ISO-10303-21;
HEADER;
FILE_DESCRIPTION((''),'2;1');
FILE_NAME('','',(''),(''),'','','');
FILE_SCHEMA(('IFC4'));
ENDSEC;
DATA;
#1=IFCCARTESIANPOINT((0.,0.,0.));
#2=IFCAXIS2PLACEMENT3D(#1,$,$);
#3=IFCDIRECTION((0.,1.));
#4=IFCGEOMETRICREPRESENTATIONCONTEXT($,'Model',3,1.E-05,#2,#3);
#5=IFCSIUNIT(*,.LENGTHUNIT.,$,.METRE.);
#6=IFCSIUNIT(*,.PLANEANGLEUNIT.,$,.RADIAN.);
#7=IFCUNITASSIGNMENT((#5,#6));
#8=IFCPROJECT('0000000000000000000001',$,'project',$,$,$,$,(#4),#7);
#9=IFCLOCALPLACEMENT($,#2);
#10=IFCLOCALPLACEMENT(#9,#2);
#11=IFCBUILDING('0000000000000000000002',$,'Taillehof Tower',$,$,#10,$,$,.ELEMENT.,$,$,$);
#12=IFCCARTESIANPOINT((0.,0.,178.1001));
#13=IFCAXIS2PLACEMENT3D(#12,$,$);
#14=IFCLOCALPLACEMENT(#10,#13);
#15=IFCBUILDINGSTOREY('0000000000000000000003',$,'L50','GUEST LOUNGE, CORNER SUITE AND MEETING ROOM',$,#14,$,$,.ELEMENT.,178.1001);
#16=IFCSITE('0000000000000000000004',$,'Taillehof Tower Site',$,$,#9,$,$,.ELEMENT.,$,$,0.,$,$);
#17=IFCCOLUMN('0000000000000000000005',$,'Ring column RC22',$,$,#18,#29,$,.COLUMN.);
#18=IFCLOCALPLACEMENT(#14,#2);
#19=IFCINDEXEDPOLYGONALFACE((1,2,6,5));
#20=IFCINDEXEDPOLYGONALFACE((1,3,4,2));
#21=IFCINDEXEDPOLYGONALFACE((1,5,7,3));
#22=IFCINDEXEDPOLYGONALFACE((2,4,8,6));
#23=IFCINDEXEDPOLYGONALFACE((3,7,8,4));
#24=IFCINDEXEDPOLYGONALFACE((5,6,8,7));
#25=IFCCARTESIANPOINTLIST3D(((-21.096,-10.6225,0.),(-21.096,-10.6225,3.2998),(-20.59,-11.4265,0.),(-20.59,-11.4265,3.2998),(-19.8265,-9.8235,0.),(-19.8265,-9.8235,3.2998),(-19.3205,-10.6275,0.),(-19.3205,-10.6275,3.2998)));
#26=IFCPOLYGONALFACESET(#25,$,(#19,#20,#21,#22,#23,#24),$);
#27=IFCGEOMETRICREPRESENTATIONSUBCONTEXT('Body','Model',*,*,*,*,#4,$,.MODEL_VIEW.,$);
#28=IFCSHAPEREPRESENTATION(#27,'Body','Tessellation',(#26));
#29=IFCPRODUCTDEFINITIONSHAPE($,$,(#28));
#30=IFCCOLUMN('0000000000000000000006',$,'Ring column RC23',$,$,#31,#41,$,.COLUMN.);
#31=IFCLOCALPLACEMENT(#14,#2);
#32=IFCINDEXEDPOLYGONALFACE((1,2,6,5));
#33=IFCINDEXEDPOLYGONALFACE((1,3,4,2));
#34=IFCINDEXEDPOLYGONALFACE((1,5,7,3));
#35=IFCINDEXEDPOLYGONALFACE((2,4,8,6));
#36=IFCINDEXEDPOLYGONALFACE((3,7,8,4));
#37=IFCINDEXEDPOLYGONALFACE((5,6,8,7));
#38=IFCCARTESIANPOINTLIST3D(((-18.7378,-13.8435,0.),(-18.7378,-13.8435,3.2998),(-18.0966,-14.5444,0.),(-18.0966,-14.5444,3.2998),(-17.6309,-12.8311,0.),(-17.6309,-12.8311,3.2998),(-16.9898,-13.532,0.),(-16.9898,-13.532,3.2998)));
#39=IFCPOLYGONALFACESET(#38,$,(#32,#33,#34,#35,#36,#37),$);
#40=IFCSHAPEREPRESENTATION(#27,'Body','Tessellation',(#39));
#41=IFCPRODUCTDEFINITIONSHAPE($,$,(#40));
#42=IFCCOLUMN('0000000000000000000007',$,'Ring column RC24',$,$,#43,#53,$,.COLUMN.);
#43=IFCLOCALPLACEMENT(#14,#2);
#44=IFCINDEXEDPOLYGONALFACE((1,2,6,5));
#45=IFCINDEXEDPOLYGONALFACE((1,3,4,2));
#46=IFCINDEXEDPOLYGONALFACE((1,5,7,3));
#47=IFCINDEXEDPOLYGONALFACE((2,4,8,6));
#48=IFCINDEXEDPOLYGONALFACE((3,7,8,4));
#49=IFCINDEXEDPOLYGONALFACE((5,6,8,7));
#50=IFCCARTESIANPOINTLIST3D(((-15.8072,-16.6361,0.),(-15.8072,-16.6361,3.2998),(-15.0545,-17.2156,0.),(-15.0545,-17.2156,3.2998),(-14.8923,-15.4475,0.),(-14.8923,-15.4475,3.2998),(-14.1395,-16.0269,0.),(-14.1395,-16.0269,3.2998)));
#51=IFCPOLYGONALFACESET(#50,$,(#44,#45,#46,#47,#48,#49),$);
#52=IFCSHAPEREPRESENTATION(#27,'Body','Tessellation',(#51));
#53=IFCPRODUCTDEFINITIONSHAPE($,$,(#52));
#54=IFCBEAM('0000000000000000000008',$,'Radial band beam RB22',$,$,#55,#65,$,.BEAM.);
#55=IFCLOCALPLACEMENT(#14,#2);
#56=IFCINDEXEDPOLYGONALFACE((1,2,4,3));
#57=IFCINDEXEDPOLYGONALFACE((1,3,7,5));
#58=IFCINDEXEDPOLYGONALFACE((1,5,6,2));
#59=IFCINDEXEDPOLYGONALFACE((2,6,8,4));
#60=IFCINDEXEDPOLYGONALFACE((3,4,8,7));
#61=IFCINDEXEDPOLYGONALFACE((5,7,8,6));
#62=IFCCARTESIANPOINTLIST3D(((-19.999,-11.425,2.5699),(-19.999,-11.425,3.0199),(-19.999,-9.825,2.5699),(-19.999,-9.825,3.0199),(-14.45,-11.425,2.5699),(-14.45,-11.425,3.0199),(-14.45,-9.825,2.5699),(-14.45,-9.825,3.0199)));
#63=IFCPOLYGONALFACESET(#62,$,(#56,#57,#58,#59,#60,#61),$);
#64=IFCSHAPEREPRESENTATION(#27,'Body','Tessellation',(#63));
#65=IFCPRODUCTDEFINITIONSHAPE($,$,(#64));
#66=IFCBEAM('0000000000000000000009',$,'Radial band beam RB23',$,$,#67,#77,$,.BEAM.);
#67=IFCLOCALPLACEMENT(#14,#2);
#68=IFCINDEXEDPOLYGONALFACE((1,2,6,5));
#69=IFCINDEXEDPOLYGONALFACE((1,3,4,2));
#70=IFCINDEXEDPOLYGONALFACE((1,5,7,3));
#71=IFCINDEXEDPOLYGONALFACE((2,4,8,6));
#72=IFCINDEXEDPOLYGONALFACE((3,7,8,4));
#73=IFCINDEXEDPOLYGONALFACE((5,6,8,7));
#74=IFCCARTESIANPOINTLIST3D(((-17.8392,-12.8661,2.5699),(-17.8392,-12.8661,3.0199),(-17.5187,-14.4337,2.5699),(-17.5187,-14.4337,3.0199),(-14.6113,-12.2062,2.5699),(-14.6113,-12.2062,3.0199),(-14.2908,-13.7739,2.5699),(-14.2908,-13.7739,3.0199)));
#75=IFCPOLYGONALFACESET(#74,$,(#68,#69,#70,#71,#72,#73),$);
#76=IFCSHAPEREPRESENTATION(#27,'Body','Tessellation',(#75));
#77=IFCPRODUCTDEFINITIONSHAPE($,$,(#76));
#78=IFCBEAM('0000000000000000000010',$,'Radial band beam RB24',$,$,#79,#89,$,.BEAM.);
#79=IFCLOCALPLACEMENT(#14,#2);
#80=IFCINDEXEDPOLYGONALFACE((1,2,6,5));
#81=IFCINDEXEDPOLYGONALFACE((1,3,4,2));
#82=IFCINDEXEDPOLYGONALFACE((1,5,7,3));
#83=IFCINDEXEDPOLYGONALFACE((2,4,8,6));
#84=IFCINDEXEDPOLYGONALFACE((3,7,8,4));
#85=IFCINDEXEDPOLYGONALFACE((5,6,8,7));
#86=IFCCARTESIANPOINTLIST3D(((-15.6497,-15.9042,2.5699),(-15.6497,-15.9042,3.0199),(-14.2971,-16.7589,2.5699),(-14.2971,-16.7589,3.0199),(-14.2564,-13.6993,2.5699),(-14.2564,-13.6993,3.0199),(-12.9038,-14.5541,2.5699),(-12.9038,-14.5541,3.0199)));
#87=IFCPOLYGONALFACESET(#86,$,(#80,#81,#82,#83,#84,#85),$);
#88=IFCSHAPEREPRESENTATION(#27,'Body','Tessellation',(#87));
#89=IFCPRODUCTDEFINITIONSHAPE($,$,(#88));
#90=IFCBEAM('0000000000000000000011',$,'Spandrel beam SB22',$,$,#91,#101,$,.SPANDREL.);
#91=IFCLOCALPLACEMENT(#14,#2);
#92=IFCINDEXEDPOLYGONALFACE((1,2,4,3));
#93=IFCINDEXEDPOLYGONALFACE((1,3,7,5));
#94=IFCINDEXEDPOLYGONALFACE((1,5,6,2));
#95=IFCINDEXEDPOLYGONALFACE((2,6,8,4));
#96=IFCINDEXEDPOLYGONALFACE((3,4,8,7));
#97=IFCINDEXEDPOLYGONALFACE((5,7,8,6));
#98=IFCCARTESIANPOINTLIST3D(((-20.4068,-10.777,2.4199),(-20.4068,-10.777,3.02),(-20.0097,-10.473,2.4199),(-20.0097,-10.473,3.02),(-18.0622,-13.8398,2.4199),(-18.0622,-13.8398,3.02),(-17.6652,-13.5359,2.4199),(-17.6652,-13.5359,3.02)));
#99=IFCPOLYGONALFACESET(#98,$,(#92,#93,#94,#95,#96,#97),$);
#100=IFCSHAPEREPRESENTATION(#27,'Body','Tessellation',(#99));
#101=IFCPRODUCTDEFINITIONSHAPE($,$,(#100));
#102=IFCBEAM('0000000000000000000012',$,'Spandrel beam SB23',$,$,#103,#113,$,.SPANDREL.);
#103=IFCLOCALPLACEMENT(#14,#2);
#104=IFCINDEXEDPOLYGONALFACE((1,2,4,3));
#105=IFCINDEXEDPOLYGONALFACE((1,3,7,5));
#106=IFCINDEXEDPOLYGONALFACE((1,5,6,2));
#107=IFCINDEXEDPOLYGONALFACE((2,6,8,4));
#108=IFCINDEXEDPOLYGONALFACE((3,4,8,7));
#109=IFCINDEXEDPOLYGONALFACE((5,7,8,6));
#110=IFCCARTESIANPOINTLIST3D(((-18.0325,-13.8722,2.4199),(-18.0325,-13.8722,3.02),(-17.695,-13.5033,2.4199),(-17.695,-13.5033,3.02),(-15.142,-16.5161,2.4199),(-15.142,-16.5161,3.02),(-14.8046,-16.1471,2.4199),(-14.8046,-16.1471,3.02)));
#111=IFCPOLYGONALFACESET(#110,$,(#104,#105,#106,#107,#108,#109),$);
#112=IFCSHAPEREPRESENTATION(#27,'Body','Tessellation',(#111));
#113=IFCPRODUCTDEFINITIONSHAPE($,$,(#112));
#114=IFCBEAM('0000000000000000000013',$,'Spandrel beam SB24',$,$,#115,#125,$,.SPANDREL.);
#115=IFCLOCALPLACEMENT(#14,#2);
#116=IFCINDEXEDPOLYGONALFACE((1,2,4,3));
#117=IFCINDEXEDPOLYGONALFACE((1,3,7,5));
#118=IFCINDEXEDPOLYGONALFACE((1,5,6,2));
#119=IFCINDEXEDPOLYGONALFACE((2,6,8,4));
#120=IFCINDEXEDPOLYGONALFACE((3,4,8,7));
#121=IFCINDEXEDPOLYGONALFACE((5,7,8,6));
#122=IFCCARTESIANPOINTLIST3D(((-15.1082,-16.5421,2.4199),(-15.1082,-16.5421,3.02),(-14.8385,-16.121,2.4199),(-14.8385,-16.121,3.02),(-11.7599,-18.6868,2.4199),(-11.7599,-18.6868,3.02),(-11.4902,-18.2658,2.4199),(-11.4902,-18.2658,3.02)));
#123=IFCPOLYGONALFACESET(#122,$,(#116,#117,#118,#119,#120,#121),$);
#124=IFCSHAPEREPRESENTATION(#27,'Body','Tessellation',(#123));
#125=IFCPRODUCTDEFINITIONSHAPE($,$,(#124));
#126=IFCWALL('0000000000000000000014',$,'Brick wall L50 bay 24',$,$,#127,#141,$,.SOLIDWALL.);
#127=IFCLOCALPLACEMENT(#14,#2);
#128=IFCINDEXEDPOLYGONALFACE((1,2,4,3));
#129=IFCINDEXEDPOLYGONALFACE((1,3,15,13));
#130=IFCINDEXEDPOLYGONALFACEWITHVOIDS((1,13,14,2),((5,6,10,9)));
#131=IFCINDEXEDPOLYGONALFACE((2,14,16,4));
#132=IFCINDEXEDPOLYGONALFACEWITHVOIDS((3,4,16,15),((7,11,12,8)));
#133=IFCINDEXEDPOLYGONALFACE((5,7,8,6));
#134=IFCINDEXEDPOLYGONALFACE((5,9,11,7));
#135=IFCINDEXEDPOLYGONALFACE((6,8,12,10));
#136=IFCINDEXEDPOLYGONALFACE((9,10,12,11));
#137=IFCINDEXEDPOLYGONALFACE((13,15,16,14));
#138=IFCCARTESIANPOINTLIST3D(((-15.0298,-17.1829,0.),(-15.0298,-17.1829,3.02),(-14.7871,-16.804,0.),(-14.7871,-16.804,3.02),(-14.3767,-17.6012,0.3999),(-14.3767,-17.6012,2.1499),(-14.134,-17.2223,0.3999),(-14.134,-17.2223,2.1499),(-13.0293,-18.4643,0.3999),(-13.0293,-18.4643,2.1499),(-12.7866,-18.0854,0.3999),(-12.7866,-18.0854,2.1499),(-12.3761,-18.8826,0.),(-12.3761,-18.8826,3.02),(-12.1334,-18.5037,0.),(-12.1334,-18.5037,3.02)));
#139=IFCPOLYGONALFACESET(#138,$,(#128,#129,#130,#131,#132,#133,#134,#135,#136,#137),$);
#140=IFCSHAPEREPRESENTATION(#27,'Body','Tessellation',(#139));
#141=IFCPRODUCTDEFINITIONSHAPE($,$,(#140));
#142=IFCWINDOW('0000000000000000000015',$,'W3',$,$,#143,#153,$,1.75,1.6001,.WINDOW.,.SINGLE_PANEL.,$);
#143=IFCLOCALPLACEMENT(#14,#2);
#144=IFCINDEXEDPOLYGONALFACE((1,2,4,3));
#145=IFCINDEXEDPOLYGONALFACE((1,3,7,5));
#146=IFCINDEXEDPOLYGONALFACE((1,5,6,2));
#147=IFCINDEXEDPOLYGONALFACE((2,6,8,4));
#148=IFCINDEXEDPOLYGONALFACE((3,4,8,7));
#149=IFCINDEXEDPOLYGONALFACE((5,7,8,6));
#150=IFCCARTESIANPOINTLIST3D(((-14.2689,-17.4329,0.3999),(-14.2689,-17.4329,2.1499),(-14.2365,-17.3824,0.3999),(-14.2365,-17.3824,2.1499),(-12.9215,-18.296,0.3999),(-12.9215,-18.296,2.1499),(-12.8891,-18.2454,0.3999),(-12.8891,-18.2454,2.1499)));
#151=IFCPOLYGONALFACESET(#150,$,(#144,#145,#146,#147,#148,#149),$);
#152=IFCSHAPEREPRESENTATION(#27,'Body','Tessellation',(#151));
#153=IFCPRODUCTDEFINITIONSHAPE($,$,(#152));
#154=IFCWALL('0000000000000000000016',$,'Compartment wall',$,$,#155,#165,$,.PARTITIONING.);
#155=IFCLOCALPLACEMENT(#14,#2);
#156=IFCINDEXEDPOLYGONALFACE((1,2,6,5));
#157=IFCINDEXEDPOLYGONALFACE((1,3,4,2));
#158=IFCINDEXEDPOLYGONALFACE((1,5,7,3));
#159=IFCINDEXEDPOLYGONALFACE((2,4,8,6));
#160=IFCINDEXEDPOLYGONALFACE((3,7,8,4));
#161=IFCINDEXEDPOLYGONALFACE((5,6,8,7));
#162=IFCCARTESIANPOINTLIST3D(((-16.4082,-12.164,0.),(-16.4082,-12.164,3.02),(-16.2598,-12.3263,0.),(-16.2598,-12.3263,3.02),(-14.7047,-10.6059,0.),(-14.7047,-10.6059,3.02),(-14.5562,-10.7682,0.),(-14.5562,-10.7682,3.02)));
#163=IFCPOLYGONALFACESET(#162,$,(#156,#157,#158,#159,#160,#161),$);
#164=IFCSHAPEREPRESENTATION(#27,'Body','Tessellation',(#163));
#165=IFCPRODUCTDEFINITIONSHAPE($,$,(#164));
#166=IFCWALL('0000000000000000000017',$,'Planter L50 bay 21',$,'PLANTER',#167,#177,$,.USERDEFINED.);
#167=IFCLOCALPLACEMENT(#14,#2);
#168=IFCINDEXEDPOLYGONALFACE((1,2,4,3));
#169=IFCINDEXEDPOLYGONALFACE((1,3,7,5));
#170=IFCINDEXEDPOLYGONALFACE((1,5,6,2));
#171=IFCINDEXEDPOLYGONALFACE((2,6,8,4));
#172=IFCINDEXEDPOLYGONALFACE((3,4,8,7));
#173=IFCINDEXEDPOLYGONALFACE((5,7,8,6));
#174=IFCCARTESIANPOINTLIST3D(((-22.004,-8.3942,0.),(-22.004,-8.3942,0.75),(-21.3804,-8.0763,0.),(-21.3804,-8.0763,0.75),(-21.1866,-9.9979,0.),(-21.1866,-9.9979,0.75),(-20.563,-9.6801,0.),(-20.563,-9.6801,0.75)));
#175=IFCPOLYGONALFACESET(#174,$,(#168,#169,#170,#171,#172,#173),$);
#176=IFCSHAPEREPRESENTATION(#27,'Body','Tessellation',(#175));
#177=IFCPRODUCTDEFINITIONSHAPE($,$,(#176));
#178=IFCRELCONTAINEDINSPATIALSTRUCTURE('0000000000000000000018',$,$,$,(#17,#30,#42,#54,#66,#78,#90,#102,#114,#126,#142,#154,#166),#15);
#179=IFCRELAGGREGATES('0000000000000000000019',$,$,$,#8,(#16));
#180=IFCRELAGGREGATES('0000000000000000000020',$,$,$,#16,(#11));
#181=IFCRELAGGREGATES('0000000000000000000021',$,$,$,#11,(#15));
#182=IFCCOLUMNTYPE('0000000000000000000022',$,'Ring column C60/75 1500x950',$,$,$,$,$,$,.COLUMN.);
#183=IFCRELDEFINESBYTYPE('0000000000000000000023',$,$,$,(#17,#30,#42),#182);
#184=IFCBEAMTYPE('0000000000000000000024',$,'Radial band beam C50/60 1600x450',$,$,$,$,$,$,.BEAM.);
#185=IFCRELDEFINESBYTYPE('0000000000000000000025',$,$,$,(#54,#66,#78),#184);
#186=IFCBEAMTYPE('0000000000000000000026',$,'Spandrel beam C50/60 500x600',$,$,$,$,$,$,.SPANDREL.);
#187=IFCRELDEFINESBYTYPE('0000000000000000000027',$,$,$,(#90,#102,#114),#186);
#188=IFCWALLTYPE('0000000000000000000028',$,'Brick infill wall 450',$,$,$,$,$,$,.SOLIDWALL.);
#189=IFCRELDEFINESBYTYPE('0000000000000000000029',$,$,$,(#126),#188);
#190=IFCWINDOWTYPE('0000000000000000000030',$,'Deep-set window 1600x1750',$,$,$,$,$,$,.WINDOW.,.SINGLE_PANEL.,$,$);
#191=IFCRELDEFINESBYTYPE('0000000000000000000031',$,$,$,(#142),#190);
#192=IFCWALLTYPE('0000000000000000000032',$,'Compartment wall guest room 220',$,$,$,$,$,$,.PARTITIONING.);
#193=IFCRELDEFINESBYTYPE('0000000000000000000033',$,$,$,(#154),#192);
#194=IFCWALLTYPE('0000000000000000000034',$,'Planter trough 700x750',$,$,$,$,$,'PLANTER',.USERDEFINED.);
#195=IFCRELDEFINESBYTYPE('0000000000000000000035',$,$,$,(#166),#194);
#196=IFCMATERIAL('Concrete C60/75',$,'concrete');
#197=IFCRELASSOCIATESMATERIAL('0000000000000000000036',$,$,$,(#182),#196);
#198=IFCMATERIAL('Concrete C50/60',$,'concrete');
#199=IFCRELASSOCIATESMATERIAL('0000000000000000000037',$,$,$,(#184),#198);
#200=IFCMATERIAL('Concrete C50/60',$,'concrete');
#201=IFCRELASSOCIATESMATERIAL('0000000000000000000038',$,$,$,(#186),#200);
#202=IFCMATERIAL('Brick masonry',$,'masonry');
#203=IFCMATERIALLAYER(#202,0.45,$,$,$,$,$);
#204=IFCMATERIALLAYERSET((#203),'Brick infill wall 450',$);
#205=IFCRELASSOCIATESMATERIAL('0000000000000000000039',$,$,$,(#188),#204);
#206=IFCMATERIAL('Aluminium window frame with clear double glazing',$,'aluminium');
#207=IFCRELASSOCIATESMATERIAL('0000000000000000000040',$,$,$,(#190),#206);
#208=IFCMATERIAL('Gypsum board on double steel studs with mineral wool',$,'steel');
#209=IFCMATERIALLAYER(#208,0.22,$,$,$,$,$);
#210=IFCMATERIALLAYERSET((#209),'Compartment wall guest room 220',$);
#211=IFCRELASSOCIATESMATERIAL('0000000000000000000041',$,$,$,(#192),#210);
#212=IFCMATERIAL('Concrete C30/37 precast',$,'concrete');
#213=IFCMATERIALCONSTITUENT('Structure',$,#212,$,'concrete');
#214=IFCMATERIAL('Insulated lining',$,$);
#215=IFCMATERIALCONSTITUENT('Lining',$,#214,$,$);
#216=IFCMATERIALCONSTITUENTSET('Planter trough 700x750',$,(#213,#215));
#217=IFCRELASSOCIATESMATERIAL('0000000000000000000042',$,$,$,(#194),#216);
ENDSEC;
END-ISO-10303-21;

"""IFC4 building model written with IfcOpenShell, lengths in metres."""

from ifc_helpers import new_model, si_unit, direction, frame, frame_2d, origin, origin_2d, place, context, subcontext, project, spatial, rectangle, extrude, material, layer, layer_set, constituent, constituent_set, material_profile, profile_set, type_object, element, fill, save


model = new_model("IFC4")

# Units and contexts
model_context = context("Model", 3, precision=1e-05, world=origin(), true_north=direction((0.0, 1.0)))
body_context = subcontext(model_context, "Body", "Model", "MODEL_VIEW")
ifc_project = project(units=[si_unit("LENGTHUNIT", "METRE"), si_unit("PLANEANGLEUNIT", "RADIAN")], contexts=[model_context])

# Site, building, storey
site_placement = place(None, origin())
site = spatial("IfcSite", under=ifc_project, at=site_placement, Name="Taillehof Tower Site", CompositionType="ELEMENT", RefElevation=0.0)
building_placement = place(site_placement, origin())
building = spatial("IfcBuilding", under=site, at=building_placement, Name="Taillehof Tower", CompositionType="ELEMENT")
storey_placement = place(building_placement, frame((0.0, 0.0, 178.1001)))
storey = spatial("IfcBuildingStorey", under=building, at=storey_placement, Name="L50", Description="GUEST LOUNGE, CORNER SUITE AND MEETING ROOM", CompositionType="ELEMENT", Elevation=178.1001)

# Columns
ifc_material_1 = material(Name="Concrete C60/75", Category="concrete")
ifc_material_profile_1 = material_profile(ifc_material_1, rectangle(XDim=1.5, YDim=0.95, at=origin_2d()), Name="RC 1500x950")
ifc_profile_set_1 = profile_set([ifc_material_profile_1], Name="Concrete C60/75")
column_type = type_object("IfcColumnType", Name="Ring column C60/75 1500x950", PredefinedType="COLUMN", material=ifc_profile_set_1)
for number, where, z_axis, x_axis, name in (
    (1, (-20.2083, -10.625, 0.0), (0.0, 0.0, 1.0), (-0.846334, -0.532652, 0.0), "Ring column RC22"),
    (2, (-17.8638, -13.6877, 0.0), (0.0, 0.0, 1.0), (-0.737879, -0.674933, 0.0), "Ring column RC23"),
    (3, (-14.9734, -16.3315, 0.0), (0.0, 0.0, 1.0), (-0.609971, -0.792424, 0.0), "Ring column RC24"),
):
    element("IfcColumn", number, at=place(storey_placement, frame(where, z_axis=z_axis, x_axis=x_axis)), inside=storey, type_object=column_type, Name=name, PredefinedType="COLUMN", context=body_context, shape_type="SweptSolid", body=[
        extrude(rectangle(XDim=1.5, YDim=0.95, at=origin_2d()), origin(), (0.0, 0.0, 1.0), 3.2998),
    ])

# Beams
ifc_material_2 = material(Name="Concrete C50/60", Category="concrete")
ifc_material_profile_2 = material_profile(ifc_material_2, rectangle(XDim=1.6001, YDim=0.45, at=origin_2d()), Name="RC 1600x450")
ifc_profile_set_2 = profile_set([ifc_material_profile_2], Name="Concrete C50/60")
beam_type_1 = type_object("IfcBeamType", Name="Radial band beam C50/60 1600x450", PredefinedType="BEAM", material=ifc_profile_set_2)
beam_1_placement = place(storey_placement, frame((-19.999, -10.625, 2.7949), z_axis=(1.0, 0.0, 0.0), x_axis=(0.0, 1.0, 0.0)))
element("IfcBeam", 4, at=beam_1_placement, inside=storey, type_object=beam_type_1, Name="Radial band beam RB22", PredefinedType="BEAM", context=body_context, shape_type="SweptSolid", body=[
    extrude(rectangle(XDim=1.6001, YDim=0.45, at=origin_2d()), origin(), (0.0, 0.0, 1.0), 5.5491),
])
beam_2_placement = place(storey_placement, frame((-17.679, -13.6499, 2.7949), z_axis=(0.979737, 0.20029, 0.0), x_axis=(-0.20029, 0.979737, 0.0)))
element("IfcBeam", 5, at=beam_2_placement, inside=storey, type_object=beam_type_1, Name="Radial band beam RB23", PredefinedType="BEAM", context=body_context, shape_type="SweptSolid", body=[
    extrude(rectangle(XDim=1.6001, YDim=0.45, at=origin_2d()), origin(), (0.0, 0.0, 1.0), 3.2947),
])
beam_3_placement = place(storey_placement, frame((-14.9734, -16.3315, 2.7949), z_axis=(0.534208, 0.845353, 0.0), x_axis=(-0.845353, 0.534208, 0.0)))
element("IfcBeam", 6, at=beam_3_placement, inside=storey, type_object=beam_type_1, Name="Radial band beam RB24", PredefinedType="BEAM", context=body_context, shape_type="SweptSolid", body=[
    extrude(rectangle(XDim=1.6001, YDim=0.45, at=origin_2d()), origin(), (0.0, 0.0, 1.0), 2.6082),
])
ifc_material_3 = material(Name="Concrete C50/60", Category="concrete")
ifc_material_profile_3 = material_profile(ifc_material_3, rectangle(XDim=0.5, YDim=0.6001, at=origin_2d()), Name="RC 500x600")
ifc_profile_set_3 = profile_set([ifc_material_profile_3], Name="Concrete C50/60")
beam_type_2 = type_object("IfcBeamType", Name="Spandrel beam C50/60 500x600", PredefinedType="SPANDREL", material=ifc_profile_set_3)
beam_4_placement = place(storey_placement, frame((-20.2083, -10.625, 2.72), z_axis=(0.60784, -0.794059, 0.0), x_axis=(0.794059, 0.60784, 0.0)))
element("IfcBeam", 7, at=beam_4_placement, inside=storey, type_object=beam_type_2, Name="Spandrel beam SB22", PredefinedType="SPANDREL", context=body_context, shape_type="SweptSolid", body=[
    extrude(rectangle(XDim=0.5, YDim=0.6001, at=origin_2d()), origin(), (0.0, 0.0, 1.0), 3.8572),
])
beam_5_placement = place(storey_placement, frame((-17.8638, -13.6877, 2.72), z_axis=(0.737881, -0.674931, 0.0), x_axis=(0.674931, 0.737881, 0.0)))
element("IfcBeam", 8, at=beam_5_placement, inside=storey, type_object=beam_type_2, Name="Spandrel beam SB23", PredefinedType="SPANDREL", context=body_context, shape_type="SweptSolid", body=[
    extrude(rectangle(XDim=0.5, YDim=0.6001, at=origin_2d()), origin(), (0.0, 0.0, 1.0), 3.9172),
])
beam_6_placement = place(storey_placement, frame((-14.9734, -16.3315, 2.72), z_axis=(0.842065, -0.539376, 0.0), x_axis=(0.539376, 0.842065, 0.0)))
element("IfcBeam", 9, at=beam_6_placement, inside=storey, type_object=beam_type_2, Name="Spandrel beam SB24", PredefinedType="SPANDREL", context=body_context, shape_type="SweptSolid", body=[
    extrude(rectangle(XDim=0.5, YDim=0.6001, at=origin_2d()), origin(), (0.0, 0.0, 1.0), 3.9763),
])

# Wall, opening, window
ifc_material_4 = material(Name="Brick masonry", Category="masonry")
ifc_layer_1 = layer(ifc_material_4, 0.45)
ifc_layer_set_1 = layer_set([ifc_layer_1], Name="Brick infill wall 450")
wall_type_1 = type_object("IfcWallType", Name="Brick infill wall 450", PredefinedType="SOLIDWALL", material=ifc_layer_set_1)
wall_1_placement = place(storey_placement, frame((-14.9084, -16.9934, 0.0), z_axis=(0.0, 0.0, 1.0), x_axis=(0.842066, -0.539375, 0.0)))
wall_1 = element("IfcWall", 10, at=wall_1_placement, inside=storey, type_object=wall_type_1, Name="Brick wall L50 bay 24", PredefinedType="SOLIDWALL", context=body_context, shape_type="SweptSolid", body=[
    extrude(rectangle(XDim=3.1514, YDim=0.45, at=frame_2d((1.5757, 0.0))), origin(), (0.0, 0.0, 1.0), 3.02),
])
opening_1_placement = place(wall_1_placement, frame((0.7756, 0.0, 0.3999)))
opening_1 = element("IfcOpeningElement", 11, at=opening_1_placement, cuts=wall_1, PredefinedType="OPENING", context=body_context, shape_type="SweptSolid", body=[
    extrude(rectangle(XDim=1.6001, YDim=1.75, at=frame_2d((0.8, 0.875))), frame((0.0, 0.2349, 0.0), z_axis=(0.0, -1.0, 0.0), x_axis=(1.0, 0.0, 0.0)), (0.0, 0.0, 1.0), 0.47),
])
ifc_material_5 = material(Name="Aluminium window frame with clear double glazing", Category="aluminium")
window_type_1 = type_object("IfcWindowType", Name="Deep-set window 1600x1750", PartitioningType="SINGLE_PANEL", PredefinedType="WINDOW", material=ifc_material_5)
window_1_placement = place(opening_1_placement, origin())
window_1 = element("IfcWindow", 12, at=window_1_placement, inside=storey, type_object=window_type_1, Name="W3", OverallHeight=1.75, OverallWidth=1.6001, PartitioningType="SINGLE_PANEL", PredefinedType="WINDOW", context=body_context, shape_type="SweptSolid", body=[
    extrude(rectangle(XDim=1.6001, YDim=1.75, at=frame_2d((0.8, 0.875))), frame((0.0, 0.0349, 0.0), z_axis=(0.0, -1.0, 0.0), x_axis=(1.0, 0.0, 0.0)), (0.0, 0.0, 1.0), 0.0601),
])
fill(opening_1, window_1)

# Walls
ifc_material_6 = material(Name="Gypsum board on double steel studs with mineral wool", Category="steel")
ifc_layer_2 = layer(ifc_material_6, 0.22)
ifc_layer_set_2 = layer_set([ifc_layer_2], Name="Compartment wall guest room 220")
wall_type_2 = type_object("IfcWallType", Name="Compartment wall guest room 220", PredefinedType="PARTITIONING", material=ifc_layer_set_2)
wall_2_placement = place(storey_placement, frame((-16.334, -12.2451, 0.0), z_axis=(0.0, 0.0, 1.0), x_axis=(0.737917, 0.674891, 0.0)))
element("IfcWall", 13, at=wall_2_placement, inside=storey, type_object=wall_type_2, Name="Compartment wall", PredefinedType="PARTITIONING", context=body_context, shape_type="SweptSolid", body=[
    extrude(rectangle(XDim=2.3086, YDim=0.22, at=frame_2d((1.1543, 0.0))), origin(), (0.0, 0.0, 1.0), 3.02),
])
ifc_material_7 = material(Name="Concrete C30/37 precast", Category="concrete")
ifc_constituent_1 = constituent(ifc_material_7, Name="Structure", Category="concrete")
ifc_material_8 = material(Name="Insulated lining")
ifc_constituent_2 = constituent(ifc_material_8, Name="Lining")
ifc_constituent_set = constituent_set(constituents=[ifc_constituent_1, ifc_constituent_2], Name="Planter trough 700x750")
wall_type_3 = type_object("IfcWallType", Name="Planter trough 700x750", ElementType="PLANTER", PredefinedType="USERDEFINED", material=ifc_constituent_set)
for number, where, z_axis, x_axis, name in (
    (14, (-21.6921, -8.2354, 0.0), (0.0, 0.0, 1.0), (0.45409, -0.890956, 0.0), "Planter L50 bay 21"),
):
    element("IfcWall", number, at=place(storey_placement, frame(where, z_axis=z_axis, x_axis=x_axis)), inside=storey, type_object=wall_type_3, Name=name, ObjectType="PLANTER", PredefinedType="USERDEFINED", context=body_context, shape_type="SweptSolid", body=[
        extrude(rectangle(XDim=1.8, YDim=0.7, at=frame_2d((0.8999, 0.0))), origin(), (0.0, 0.0, 1.0), 0.75),
    ])

save(model, "model.ifc")
